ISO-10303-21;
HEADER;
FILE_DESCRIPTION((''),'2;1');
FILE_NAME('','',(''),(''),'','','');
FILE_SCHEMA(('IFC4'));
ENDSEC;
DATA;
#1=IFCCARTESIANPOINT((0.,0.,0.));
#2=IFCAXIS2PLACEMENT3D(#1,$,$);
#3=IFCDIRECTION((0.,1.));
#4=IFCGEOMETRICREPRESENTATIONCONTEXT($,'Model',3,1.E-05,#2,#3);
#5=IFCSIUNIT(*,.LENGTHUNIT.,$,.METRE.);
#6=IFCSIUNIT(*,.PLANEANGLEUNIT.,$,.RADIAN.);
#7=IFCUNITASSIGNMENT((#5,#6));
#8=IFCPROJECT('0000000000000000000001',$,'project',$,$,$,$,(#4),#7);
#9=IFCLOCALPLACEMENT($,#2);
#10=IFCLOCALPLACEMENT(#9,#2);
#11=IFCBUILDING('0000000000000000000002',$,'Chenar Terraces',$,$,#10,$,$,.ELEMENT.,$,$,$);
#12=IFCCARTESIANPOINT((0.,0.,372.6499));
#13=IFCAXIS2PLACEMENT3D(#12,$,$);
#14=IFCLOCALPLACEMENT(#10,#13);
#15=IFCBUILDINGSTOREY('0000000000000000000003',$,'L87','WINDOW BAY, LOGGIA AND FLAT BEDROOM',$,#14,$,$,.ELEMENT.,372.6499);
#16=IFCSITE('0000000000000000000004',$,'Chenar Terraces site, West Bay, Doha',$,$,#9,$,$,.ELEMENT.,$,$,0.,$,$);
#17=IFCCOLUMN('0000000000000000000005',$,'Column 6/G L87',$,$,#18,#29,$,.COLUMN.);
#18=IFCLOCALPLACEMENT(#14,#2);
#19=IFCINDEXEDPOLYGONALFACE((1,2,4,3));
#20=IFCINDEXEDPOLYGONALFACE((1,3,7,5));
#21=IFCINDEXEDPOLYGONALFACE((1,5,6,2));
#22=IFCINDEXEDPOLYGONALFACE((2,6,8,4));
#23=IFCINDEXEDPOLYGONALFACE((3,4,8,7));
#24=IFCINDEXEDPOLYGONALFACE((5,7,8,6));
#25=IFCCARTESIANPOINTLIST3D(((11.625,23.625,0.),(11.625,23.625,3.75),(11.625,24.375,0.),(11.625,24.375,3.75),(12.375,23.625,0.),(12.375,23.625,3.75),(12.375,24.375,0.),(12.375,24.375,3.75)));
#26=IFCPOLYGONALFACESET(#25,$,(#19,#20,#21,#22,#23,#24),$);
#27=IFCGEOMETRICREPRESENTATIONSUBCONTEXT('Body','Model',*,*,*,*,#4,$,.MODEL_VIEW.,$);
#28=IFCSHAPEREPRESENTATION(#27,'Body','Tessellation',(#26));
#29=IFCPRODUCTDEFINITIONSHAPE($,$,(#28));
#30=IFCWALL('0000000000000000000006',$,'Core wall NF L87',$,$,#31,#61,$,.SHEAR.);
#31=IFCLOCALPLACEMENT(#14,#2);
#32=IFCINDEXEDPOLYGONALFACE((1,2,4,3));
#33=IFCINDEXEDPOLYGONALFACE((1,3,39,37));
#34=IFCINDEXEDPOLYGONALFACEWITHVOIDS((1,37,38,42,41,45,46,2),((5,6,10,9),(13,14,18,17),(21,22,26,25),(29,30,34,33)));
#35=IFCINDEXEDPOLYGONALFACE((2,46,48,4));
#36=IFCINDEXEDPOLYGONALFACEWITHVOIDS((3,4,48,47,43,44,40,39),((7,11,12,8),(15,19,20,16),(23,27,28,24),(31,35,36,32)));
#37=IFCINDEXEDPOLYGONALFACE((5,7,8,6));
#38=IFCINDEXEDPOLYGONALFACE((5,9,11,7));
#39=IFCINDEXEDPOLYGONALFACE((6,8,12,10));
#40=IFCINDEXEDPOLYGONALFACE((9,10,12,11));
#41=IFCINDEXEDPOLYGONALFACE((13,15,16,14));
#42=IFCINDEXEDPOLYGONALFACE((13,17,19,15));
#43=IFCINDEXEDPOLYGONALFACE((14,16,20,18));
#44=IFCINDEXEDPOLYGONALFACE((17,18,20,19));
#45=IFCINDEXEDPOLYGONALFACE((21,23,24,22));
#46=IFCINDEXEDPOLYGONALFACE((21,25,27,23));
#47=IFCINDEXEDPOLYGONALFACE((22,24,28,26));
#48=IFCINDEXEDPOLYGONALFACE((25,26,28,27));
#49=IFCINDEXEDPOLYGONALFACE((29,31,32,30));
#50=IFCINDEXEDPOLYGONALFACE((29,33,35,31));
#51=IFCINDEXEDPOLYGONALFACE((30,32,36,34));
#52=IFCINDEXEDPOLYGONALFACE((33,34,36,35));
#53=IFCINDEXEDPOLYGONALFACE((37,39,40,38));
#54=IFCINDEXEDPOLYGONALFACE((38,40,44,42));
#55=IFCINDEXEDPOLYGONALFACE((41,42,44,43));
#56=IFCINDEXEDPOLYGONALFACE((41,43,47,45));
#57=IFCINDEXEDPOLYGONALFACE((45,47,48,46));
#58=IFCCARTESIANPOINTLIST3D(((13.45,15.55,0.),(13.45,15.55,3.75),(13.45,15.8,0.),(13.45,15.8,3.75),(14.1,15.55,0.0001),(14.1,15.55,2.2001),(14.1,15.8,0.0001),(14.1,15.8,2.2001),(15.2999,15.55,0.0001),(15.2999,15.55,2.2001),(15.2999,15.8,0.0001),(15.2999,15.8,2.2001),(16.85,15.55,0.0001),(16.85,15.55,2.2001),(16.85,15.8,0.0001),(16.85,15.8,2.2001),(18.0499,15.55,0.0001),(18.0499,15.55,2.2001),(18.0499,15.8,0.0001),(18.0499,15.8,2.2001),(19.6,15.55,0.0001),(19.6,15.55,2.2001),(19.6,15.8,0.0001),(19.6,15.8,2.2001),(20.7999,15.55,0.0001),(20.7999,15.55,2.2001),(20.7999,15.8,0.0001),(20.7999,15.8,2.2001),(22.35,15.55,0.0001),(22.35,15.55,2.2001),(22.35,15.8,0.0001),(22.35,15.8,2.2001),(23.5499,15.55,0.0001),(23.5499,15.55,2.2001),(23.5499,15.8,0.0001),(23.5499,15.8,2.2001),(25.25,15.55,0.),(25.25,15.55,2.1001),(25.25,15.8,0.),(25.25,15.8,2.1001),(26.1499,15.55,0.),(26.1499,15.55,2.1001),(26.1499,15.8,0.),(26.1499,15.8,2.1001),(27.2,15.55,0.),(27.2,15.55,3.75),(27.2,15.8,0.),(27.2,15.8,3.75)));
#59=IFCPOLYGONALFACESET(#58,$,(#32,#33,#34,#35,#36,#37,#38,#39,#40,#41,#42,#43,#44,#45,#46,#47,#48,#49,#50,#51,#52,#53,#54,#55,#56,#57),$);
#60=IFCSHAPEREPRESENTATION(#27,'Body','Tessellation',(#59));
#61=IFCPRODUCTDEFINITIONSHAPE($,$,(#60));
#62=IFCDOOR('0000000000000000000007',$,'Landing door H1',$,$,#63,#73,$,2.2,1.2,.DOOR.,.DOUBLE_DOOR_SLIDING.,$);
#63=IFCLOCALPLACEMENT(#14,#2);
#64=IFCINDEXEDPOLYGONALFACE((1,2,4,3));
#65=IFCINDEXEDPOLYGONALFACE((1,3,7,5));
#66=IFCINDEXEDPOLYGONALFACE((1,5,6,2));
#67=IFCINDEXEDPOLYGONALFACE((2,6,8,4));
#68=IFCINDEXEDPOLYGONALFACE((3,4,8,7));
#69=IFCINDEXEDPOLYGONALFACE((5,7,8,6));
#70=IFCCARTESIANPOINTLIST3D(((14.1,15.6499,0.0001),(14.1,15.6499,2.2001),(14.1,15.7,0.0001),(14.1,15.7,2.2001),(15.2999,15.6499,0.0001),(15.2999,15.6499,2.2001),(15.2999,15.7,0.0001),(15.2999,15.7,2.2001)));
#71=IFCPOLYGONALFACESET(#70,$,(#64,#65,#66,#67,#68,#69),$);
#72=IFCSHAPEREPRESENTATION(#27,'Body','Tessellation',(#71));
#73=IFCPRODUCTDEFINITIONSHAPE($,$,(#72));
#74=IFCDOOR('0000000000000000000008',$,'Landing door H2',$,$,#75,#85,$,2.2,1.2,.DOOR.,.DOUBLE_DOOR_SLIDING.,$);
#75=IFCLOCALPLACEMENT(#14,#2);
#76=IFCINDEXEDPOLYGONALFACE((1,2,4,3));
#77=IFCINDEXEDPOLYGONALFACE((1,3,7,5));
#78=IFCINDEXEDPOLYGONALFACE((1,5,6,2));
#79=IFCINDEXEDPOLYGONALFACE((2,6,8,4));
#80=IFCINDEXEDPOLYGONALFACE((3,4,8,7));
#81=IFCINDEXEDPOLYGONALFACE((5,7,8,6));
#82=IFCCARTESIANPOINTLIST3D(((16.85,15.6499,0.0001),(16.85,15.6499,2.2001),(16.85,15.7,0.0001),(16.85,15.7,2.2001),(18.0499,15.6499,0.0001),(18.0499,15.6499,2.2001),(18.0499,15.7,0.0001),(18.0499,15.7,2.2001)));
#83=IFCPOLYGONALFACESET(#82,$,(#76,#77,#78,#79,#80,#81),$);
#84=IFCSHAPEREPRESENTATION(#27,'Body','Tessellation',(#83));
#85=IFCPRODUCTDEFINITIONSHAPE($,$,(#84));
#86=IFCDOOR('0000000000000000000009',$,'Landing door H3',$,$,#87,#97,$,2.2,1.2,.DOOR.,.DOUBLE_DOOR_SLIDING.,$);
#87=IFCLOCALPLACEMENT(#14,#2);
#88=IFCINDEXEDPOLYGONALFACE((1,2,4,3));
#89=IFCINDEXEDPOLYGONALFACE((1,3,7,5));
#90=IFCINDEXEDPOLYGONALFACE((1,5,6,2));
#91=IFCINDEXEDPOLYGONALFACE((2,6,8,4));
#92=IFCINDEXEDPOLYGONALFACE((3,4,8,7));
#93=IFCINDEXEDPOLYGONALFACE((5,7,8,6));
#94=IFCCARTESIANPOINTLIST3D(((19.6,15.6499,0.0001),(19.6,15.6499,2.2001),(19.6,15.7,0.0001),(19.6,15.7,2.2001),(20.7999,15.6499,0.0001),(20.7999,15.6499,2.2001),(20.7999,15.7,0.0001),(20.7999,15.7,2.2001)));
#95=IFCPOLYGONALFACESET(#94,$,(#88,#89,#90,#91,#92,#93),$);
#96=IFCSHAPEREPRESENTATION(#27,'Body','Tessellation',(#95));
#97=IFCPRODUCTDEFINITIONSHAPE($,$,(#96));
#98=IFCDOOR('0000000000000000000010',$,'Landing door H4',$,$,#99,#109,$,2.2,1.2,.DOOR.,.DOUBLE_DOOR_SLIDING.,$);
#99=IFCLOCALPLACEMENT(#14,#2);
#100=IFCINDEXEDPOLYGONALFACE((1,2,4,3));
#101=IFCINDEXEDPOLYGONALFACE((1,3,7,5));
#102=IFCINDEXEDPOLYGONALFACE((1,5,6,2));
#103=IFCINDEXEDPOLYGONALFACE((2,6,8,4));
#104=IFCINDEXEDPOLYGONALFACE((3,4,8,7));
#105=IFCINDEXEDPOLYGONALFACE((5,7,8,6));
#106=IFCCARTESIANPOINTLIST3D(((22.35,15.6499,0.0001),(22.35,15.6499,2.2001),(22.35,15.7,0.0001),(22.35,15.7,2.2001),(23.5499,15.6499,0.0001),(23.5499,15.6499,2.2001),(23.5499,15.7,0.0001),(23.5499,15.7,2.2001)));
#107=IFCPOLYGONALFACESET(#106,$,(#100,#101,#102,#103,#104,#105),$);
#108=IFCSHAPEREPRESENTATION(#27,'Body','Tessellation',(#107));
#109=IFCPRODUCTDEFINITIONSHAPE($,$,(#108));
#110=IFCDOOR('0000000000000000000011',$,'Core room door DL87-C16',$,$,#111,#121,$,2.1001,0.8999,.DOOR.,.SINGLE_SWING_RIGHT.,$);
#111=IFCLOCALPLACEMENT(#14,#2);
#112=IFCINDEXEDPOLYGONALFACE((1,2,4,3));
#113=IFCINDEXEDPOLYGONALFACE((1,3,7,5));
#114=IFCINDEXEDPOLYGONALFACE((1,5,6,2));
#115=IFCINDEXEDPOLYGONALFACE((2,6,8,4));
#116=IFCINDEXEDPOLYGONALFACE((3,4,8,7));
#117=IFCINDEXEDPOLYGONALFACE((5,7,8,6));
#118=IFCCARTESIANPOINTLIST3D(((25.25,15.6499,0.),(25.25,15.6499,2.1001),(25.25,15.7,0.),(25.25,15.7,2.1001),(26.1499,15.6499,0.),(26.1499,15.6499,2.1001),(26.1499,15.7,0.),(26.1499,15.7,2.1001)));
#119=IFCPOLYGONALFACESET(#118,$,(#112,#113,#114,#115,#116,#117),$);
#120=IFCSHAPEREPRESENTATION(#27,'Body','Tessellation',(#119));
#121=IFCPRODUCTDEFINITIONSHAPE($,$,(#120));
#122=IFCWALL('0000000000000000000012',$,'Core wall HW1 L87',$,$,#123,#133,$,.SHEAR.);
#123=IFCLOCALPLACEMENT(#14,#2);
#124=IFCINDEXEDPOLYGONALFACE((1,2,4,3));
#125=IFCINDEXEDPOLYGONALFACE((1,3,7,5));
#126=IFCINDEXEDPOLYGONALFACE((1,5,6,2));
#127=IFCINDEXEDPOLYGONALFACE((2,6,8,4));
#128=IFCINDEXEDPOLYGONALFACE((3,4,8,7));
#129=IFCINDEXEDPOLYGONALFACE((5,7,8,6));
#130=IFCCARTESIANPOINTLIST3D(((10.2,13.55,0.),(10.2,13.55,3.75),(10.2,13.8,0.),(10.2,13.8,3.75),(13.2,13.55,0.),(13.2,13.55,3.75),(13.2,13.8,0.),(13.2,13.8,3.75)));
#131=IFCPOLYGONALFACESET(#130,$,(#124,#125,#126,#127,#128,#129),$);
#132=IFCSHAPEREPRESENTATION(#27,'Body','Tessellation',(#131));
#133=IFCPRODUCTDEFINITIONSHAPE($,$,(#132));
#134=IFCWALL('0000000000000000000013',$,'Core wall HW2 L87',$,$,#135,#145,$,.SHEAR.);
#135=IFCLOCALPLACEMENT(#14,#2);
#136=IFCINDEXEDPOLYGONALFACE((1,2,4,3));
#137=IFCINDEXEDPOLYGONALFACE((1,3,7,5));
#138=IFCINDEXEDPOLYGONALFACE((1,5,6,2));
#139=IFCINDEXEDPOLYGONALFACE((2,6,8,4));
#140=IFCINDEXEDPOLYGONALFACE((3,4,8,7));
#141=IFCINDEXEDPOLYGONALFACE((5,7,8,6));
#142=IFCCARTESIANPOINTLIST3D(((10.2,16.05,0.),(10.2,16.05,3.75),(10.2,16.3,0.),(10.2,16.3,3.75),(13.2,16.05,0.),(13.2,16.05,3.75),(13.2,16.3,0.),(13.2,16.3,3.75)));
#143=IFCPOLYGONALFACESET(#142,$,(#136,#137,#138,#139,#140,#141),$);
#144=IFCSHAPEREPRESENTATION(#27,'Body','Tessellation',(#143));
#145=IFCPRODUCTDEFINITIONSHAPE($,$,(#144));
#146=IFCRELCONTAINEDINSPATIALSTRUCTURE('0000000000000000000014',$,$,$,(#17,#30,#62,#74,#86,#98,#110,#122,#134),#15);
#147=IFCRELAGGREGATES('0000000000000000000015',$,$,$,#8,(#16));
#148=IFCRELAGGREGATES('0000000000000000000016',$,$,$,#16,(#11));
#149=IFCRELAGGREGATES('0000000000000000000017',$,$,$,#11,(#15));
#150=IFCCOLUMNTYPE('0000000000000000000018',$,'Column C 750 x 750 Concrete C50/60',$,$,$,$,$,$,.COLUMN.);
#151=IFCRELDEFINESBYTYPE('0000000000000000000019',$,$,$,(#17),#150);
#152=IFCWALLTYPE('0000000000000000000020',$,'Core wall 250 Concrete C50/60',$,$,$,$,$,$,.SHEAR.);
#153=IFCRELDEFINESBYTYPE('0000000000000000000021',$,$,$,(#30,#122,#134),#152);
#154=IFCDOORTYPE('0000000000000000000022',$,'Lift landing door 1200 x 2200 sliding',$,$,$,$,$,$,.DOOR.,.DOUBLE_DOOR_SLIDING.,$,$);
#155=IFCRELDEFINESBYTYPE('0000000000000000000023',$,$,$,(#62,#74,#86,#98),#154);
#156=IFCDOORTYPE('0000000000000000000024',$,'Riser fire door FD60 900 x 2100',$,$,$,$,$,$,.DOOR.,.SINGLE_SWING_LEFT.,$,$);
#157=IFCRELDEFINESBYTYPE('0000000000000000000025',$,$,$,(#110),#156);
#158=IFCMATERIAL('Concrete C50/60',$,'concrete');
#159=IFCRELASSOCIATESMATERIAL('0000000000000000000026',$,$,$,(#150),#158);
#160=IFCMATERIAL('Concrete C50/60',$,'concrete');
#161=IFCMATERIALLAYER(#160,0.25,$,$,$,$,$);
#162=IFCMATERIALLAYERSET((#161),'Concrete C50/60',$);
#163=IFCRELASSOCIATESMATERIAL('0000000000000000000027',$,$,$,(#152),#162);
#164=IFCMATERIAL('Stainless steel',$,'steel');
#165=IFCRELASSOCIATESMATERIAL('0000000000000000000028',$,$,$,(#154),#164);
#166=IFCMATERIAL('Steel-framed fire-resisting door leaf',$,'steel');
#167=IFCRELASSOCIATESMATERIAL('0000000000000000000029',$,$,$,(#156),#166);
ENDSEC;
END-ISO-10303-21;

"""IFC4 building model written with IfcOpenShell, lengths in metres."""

from ifc_helpers import new_model, si_unit, direction, frame, frame_2d, origin, origin_2d, place, context, subcontext, project, spatial, rectangle, extrude, material, layer, layer_set, material_profile, profile_set, type_object, element, fill, save


model = new_model("IFC4")

# Units and contexts
model_context = context("Model", 3, precision=1e-05, world=origin(), true_north=direction((0.0, 1.0)))
body_context = subcontext(model_context, "Body", "Model", "MODEL_VIEW")
ifc_project = project(units=[si_unit("LENGTHUNIT", "METRE"), si_unit("PLANEANGLEUNIT", "RADIAN")], contexts=[model_context])

# Site, building, storey
site_placement = place(None, origin())
site = spatial("IfcSite", under=ifc_project, at=site_placement, Name="Chenar Terraces site, West Bay, Doha", CompositionType="ELEMENT", RefElevation=0.0)
building_placement = place(site_placement, origin())
building = spatial("IfcBuilding", under=site, at=building_placement, Name="Chenar Terraces", CompositionType="ELEMENT")
storey_placement = place(building_placement, frame((0.0, 0.0, 372.6499)))
storey = spatial("IfcBuildingStorey", under=building, at=storey_placement, Name="L87", Description="WINDOW BAY, LOGGIA AND FLAT BEDROOM", CompositionType="ELEMENT", Elevation=372.6499)

# Column
ifc_material_1 = material(Name="Concrete C50/60", Category="concrete")
ifc_material_profile = material_profile(ifc_material_1, rectangle(XDim=0.75, YDim=0.75, at=origin_2d()), Name="C 750 x 750")
ifc_profile_set = profile_set([ifc_material_profile], Name="Concrete C50/60")
column_type = type_object("IfcColumnType", Name="Column C 750 x 750 Concrete C50/60", PredefinedType="COLUMN", material=ifc_profile_set)
column_placement = place(storey_placement, frame((12.0, 24.0, 0.0), z_axis=(0.0, 0.0, 1.0), x_axis=(1.0, 0.0, 0.0)))
element("IfcColumn", 1, at=column_placement, inside=storey, type_object=column_type, Name="Column 6/G L87", PredefinedType="COLUMN", context=body_context, shape_type="SweptSolid", body=[
    extrude(rectangle(XDim=0.75, YDim=0.75, at=origin_2d()), origin(), (0.0, 0.0, 1.0), 3.75),
])

# Wall, openings, doors
ifc_material_2 = material(Name="Concrete C50/60", Category="concrete")
ifc_layer_1 = layer(ifc_material_2, 0.25)
ifc_layer_set_1 = layer_set([ifc_layer_1], Name="Concrete C50/60")
wall_type_1 = type_object("IfcWallType", Name="Core wall 250 Concrete C50/60", PredefinedType="SHEAR", material=ifc_layer_set_1)
wall_1_placement = place(storey_placement, frame((13.45, 15.675, 0.0), z_axis=(0.0, 0.0, 1.0), x_axis=(1.0, 0.0, 0.0)))
wall_1 = element("IfcWall", 2, at=wall_1_placement, inside=storey, type_object=wall_type_1, Name="Core wall NF L87", PredefinedType="SHEAR", context=body_context, shape_type="SweptSolid", body=[
    extrude(rectangle(XDim=13.75, YDim=0.25, at=frame_2d((6.875, 0.0))), origin(), (0.0, 0.0, 1.0), 3.75),
])
opening_1_placement = place(wall_1_placement, frame((0.6499, 0.0, 0.0)))
opening_1 = element("IfcOpeningElement", 3, at=opening_1_placement, cuts=wall_1, PredefinedType="OPENING", context=body_context, shape_type="SweptSolid", body=[
    extrude(rectangle(XDim=1.2, YDim=2.2, at=frame_2d((0.6001, 1.1001))), frame((0.0, 0.135, 0.0), z_axis=(0.0, -1.0, 0.0), x_axis=(1.0, 0.0, 0.0)), (0.0, 0.0, 1.0), 0.27),
])
opening_2_placement = place(wall_1_placement, frame((3.3999, 0.0, 0.0)))
opening_2 = element("IfcOpeningElement", 4, at=opening_2_placement, cuts=wall_1, PredefinedType="OPENING", context=body_context, shape_type="SweptSolid", body=[
    extrude(rectangle(XDim=1.2, YDim=2.2, at=frame_2d((0.6001, 1.1001))), frame((0.0, 0.135, 0.0), z_axis=(0.0, -1.0, 0.0), x_axis=(1.0, 0.0, 0.0)), (0.0, 0.0, 1.0), 0.27),
])
opening_3_placement = place(wall_1_placement, frame((6.1499, 0.0, 0.0)))
opening_3 = element("IfcOpeningElement", 5, at=opening_3_placement, cuts=wall_1, PredefinedType="OPENING", context=body_context, shape_type="SweptSolid", body=[
    extrude(rectangle(XDim=1.2, YDim=2.2, at=frame_2d((0.6001, 1.1001))), frame((0.0, 0.135, 0.0), z_axis=(0.0, -1.0, 0.0), x_axis=(1.0, 0.0, 0.0)), (0.0, 0.0, 1.0), 0.27),
])
opening_4_placement = place(wall_1_placement, frame((8.8999, 0.0, 0.0)))
opening_4 = element("IfcOpeningElement", 6, at=opening_4_placement, cuts=wall_1, PredefinedType="OPENING", context=body_context, shape_type="SweptSolid", body=[
    extrude(rectangle(XDim=1.2, YDim=2.2, at=frame_2d((0.6001, 1.1001))), frame((0.0, 0.135, 0.0), z_axis=(0.0, -1.0, 0.0), x_axis=(1.0, 0.0, 0.0)), (0.0, 0.0, 1.0), 0.27),
])
opening_5_placement = place(wall_1_placement, frame((11.8, 0.0, 0.0)))
opening_5 = element("IfcOpeningElement", 7, at=opening_5_placement, cuts=wall_1, PredefinedType="OPENING", context=body_context, shape_type="SweptSolid", body=[
    extrude(rectangle(XDim=0.8999, YDim=2.1001, at=frame_2d((0.45, 1.05))), frame((0.0, 0.135, 0.0), z_axis=(0.0, -1.0, 0.0), x_axis=(1.0, 0.0, 0.0)), (0.0, 0.0, 1.0), 0.27),
])
ifc_material_3 = material(Name="Stainless steel", Category="steel")
door_type_1 = type_object("IfcDoorType", Name="Lift landing door 1200 x 2200 sliding", OperationType="DOUBLE_DOOR_SLIDING", PredefinedType="DOOR", material=ifc_material_3)
door_1_placement = place(opening_1_placement, origin())
door_1 = element("IfcDoor", 8, at=door_1_placement, inside=storey, type_object=door_type_1, Name="Landing door H1", OperationType="DOUBLE_DOOR_SLIDING", OverallHeight=2.2, OverallWidth=1.2, PredefinedType="DOOR", context=body_context, shape_type="SweptSolid", body=[
    extrude(rectangle(XDim=1.2, YDim=2.2, at=frame_2d((0.6001, 1.1001))), frame((0.0, 0.0249, 0.0), z_axis=(0.0, -1.0, 0.0), x_axis=(1.0, 0.0, 0.0)), (0.0, 0.0, 1.0), 0.05),
])
fill(opening_1, door_1)
door_2_placement = place(opening_2_placement, origin())
door_2 = element("IfcDoor", 9, at=door_2_placement, inside=storey, type_object=door_type_1, Name="Landing door H2", OperationType="DOUBLE_DOOR_SLIDING", OverallHeight=2.2, OverallWidth=1.2, PredefinedType="DOOR", context=body_context, shape_type="SweptSolid", body=[
    extrude(rectangle(XDim=1.2, YDim=2.2, at=frame_2d((0.6001, 1.1001))), frame((0.0, 0.0249, 0.0), z_axis=(0.0, -1.0, 0.0), x_axis=(1.0, 0.0, 0.0)), (0.0, 0.0, 1.0), 0.05),
])
fill(opening_2, door_2)
door_3_placement = place(opening_3_placement, origin())
door_3 = element("IfcDoor", 10, at=door_3_placement, inside=storey, type_object=door_type_1, Name="Landing door H3", OperationType="DOUBLE_DOOR_SLIDING", OverallHeight=2.2, OverallWidth=1.2, PredefinedType="DOOR", context=body_context, shape_type="SweptSolid", body=[
    extrude(rectangle(XDim=1.2, YDim=2.2, at=frame_2d((0.6001, 1.1001))), frame((0.0, 0.0249, 0.0), z_axis=(0.0, -1.0, 0.0), x_axis=(1.0, 0.0, 0.0)), (0.0, 0.0, 1.0), 0.05),
])
fill(opening_3, door_3)
door_4_placement = place(opening_4_placement, origin())
door_4 = element("IfcDoor", 11, at=door_4_placement, inside=storey, type_object=door_type_1, Name="Landing door H4", OperationType="DOUBLE_DOOR_SLIDING", OverallHeight=2.2, OverallWidth=1.2, PredefinedType="DOOR", context=body_context, shape_type="SweptSolid", body=[
    extrude(rectangle(XDim=1.2, YDim=2.2, at=frame_2d((0.6001, 1.1001))), frame((0.0, 0.0249, 0.0), z_axis=(0.0, -1.0, 0.0), x_axis=(1.0, 0.0, 0.0)), (0.0, 0.0, 1.0), 0.05),
])
fill(opening_4, door_4)
ifc_material_4 = material(Name="Steel-framed fire-resisting door leaf", Category="steel")
door_type_2 = type_object("IfcDoorType", Name="Riser fire door FD60 900 x 2100", OperationType="SINGLE_SWING_LEFT", PredefinedType="DOOR", material=ifc_material_4)
door_5_placement = place(opening_5_placement, origin())
door_5 = element("IfcDoor", 12, at=door_5_placement, inside=storey, type_object=door_type_2, Name="Core room door DL87-C16", OperationType="SINGLE_SWING_RIGHT", OverallHeight=2.1001, OverallWidth=0.8999, PredefinedType="DOOR", context=body_context, shape_type="SweptSolid", body=[
    extrude(rectangle(XDim=0.8999, YDim=2.1001, at=frame_2d((0.45, 1.05))), frame((0.0, 0.0249, 0.0), z_axis=(0.0, -1.0, 0.0), x_axis=(1.0, 0.0, 0.0)), (0.0, 0.0, 1.0), 0.05),
])
fill(opening_5, door_5)

# Walls
for number, where, z_axis, x_axis, name in (
    (13, (10.2, 13.675, 0.0), (0.0, 0.0, 1.0), (1.0, 0.0, 0.0), "Core wall HW1 L87"),
    (14, (10.2, 16.175, 0.0), (0.0, 0.0, 1.0), (1.0, 0.0, 0.0), "Core wall HW2 L87"),
):
    element("IfcWall", number, at=place(storey_placement, frame(where, z_axis=z_axis, x_axis=x_axis)), inside=storey, type_object=wall_type_1, Name=name, PredefinedType="SHEAR", context=body_context, shape_type="SweptSolid", body=[
        extrude(rectangle(XDim=3.0, YDim=0.25, at=frame_2d((1.5, 0.0))), origin(), (0.0, 0.0, 1.0), 3.75),
    ])

save(model, "model.ifc")
